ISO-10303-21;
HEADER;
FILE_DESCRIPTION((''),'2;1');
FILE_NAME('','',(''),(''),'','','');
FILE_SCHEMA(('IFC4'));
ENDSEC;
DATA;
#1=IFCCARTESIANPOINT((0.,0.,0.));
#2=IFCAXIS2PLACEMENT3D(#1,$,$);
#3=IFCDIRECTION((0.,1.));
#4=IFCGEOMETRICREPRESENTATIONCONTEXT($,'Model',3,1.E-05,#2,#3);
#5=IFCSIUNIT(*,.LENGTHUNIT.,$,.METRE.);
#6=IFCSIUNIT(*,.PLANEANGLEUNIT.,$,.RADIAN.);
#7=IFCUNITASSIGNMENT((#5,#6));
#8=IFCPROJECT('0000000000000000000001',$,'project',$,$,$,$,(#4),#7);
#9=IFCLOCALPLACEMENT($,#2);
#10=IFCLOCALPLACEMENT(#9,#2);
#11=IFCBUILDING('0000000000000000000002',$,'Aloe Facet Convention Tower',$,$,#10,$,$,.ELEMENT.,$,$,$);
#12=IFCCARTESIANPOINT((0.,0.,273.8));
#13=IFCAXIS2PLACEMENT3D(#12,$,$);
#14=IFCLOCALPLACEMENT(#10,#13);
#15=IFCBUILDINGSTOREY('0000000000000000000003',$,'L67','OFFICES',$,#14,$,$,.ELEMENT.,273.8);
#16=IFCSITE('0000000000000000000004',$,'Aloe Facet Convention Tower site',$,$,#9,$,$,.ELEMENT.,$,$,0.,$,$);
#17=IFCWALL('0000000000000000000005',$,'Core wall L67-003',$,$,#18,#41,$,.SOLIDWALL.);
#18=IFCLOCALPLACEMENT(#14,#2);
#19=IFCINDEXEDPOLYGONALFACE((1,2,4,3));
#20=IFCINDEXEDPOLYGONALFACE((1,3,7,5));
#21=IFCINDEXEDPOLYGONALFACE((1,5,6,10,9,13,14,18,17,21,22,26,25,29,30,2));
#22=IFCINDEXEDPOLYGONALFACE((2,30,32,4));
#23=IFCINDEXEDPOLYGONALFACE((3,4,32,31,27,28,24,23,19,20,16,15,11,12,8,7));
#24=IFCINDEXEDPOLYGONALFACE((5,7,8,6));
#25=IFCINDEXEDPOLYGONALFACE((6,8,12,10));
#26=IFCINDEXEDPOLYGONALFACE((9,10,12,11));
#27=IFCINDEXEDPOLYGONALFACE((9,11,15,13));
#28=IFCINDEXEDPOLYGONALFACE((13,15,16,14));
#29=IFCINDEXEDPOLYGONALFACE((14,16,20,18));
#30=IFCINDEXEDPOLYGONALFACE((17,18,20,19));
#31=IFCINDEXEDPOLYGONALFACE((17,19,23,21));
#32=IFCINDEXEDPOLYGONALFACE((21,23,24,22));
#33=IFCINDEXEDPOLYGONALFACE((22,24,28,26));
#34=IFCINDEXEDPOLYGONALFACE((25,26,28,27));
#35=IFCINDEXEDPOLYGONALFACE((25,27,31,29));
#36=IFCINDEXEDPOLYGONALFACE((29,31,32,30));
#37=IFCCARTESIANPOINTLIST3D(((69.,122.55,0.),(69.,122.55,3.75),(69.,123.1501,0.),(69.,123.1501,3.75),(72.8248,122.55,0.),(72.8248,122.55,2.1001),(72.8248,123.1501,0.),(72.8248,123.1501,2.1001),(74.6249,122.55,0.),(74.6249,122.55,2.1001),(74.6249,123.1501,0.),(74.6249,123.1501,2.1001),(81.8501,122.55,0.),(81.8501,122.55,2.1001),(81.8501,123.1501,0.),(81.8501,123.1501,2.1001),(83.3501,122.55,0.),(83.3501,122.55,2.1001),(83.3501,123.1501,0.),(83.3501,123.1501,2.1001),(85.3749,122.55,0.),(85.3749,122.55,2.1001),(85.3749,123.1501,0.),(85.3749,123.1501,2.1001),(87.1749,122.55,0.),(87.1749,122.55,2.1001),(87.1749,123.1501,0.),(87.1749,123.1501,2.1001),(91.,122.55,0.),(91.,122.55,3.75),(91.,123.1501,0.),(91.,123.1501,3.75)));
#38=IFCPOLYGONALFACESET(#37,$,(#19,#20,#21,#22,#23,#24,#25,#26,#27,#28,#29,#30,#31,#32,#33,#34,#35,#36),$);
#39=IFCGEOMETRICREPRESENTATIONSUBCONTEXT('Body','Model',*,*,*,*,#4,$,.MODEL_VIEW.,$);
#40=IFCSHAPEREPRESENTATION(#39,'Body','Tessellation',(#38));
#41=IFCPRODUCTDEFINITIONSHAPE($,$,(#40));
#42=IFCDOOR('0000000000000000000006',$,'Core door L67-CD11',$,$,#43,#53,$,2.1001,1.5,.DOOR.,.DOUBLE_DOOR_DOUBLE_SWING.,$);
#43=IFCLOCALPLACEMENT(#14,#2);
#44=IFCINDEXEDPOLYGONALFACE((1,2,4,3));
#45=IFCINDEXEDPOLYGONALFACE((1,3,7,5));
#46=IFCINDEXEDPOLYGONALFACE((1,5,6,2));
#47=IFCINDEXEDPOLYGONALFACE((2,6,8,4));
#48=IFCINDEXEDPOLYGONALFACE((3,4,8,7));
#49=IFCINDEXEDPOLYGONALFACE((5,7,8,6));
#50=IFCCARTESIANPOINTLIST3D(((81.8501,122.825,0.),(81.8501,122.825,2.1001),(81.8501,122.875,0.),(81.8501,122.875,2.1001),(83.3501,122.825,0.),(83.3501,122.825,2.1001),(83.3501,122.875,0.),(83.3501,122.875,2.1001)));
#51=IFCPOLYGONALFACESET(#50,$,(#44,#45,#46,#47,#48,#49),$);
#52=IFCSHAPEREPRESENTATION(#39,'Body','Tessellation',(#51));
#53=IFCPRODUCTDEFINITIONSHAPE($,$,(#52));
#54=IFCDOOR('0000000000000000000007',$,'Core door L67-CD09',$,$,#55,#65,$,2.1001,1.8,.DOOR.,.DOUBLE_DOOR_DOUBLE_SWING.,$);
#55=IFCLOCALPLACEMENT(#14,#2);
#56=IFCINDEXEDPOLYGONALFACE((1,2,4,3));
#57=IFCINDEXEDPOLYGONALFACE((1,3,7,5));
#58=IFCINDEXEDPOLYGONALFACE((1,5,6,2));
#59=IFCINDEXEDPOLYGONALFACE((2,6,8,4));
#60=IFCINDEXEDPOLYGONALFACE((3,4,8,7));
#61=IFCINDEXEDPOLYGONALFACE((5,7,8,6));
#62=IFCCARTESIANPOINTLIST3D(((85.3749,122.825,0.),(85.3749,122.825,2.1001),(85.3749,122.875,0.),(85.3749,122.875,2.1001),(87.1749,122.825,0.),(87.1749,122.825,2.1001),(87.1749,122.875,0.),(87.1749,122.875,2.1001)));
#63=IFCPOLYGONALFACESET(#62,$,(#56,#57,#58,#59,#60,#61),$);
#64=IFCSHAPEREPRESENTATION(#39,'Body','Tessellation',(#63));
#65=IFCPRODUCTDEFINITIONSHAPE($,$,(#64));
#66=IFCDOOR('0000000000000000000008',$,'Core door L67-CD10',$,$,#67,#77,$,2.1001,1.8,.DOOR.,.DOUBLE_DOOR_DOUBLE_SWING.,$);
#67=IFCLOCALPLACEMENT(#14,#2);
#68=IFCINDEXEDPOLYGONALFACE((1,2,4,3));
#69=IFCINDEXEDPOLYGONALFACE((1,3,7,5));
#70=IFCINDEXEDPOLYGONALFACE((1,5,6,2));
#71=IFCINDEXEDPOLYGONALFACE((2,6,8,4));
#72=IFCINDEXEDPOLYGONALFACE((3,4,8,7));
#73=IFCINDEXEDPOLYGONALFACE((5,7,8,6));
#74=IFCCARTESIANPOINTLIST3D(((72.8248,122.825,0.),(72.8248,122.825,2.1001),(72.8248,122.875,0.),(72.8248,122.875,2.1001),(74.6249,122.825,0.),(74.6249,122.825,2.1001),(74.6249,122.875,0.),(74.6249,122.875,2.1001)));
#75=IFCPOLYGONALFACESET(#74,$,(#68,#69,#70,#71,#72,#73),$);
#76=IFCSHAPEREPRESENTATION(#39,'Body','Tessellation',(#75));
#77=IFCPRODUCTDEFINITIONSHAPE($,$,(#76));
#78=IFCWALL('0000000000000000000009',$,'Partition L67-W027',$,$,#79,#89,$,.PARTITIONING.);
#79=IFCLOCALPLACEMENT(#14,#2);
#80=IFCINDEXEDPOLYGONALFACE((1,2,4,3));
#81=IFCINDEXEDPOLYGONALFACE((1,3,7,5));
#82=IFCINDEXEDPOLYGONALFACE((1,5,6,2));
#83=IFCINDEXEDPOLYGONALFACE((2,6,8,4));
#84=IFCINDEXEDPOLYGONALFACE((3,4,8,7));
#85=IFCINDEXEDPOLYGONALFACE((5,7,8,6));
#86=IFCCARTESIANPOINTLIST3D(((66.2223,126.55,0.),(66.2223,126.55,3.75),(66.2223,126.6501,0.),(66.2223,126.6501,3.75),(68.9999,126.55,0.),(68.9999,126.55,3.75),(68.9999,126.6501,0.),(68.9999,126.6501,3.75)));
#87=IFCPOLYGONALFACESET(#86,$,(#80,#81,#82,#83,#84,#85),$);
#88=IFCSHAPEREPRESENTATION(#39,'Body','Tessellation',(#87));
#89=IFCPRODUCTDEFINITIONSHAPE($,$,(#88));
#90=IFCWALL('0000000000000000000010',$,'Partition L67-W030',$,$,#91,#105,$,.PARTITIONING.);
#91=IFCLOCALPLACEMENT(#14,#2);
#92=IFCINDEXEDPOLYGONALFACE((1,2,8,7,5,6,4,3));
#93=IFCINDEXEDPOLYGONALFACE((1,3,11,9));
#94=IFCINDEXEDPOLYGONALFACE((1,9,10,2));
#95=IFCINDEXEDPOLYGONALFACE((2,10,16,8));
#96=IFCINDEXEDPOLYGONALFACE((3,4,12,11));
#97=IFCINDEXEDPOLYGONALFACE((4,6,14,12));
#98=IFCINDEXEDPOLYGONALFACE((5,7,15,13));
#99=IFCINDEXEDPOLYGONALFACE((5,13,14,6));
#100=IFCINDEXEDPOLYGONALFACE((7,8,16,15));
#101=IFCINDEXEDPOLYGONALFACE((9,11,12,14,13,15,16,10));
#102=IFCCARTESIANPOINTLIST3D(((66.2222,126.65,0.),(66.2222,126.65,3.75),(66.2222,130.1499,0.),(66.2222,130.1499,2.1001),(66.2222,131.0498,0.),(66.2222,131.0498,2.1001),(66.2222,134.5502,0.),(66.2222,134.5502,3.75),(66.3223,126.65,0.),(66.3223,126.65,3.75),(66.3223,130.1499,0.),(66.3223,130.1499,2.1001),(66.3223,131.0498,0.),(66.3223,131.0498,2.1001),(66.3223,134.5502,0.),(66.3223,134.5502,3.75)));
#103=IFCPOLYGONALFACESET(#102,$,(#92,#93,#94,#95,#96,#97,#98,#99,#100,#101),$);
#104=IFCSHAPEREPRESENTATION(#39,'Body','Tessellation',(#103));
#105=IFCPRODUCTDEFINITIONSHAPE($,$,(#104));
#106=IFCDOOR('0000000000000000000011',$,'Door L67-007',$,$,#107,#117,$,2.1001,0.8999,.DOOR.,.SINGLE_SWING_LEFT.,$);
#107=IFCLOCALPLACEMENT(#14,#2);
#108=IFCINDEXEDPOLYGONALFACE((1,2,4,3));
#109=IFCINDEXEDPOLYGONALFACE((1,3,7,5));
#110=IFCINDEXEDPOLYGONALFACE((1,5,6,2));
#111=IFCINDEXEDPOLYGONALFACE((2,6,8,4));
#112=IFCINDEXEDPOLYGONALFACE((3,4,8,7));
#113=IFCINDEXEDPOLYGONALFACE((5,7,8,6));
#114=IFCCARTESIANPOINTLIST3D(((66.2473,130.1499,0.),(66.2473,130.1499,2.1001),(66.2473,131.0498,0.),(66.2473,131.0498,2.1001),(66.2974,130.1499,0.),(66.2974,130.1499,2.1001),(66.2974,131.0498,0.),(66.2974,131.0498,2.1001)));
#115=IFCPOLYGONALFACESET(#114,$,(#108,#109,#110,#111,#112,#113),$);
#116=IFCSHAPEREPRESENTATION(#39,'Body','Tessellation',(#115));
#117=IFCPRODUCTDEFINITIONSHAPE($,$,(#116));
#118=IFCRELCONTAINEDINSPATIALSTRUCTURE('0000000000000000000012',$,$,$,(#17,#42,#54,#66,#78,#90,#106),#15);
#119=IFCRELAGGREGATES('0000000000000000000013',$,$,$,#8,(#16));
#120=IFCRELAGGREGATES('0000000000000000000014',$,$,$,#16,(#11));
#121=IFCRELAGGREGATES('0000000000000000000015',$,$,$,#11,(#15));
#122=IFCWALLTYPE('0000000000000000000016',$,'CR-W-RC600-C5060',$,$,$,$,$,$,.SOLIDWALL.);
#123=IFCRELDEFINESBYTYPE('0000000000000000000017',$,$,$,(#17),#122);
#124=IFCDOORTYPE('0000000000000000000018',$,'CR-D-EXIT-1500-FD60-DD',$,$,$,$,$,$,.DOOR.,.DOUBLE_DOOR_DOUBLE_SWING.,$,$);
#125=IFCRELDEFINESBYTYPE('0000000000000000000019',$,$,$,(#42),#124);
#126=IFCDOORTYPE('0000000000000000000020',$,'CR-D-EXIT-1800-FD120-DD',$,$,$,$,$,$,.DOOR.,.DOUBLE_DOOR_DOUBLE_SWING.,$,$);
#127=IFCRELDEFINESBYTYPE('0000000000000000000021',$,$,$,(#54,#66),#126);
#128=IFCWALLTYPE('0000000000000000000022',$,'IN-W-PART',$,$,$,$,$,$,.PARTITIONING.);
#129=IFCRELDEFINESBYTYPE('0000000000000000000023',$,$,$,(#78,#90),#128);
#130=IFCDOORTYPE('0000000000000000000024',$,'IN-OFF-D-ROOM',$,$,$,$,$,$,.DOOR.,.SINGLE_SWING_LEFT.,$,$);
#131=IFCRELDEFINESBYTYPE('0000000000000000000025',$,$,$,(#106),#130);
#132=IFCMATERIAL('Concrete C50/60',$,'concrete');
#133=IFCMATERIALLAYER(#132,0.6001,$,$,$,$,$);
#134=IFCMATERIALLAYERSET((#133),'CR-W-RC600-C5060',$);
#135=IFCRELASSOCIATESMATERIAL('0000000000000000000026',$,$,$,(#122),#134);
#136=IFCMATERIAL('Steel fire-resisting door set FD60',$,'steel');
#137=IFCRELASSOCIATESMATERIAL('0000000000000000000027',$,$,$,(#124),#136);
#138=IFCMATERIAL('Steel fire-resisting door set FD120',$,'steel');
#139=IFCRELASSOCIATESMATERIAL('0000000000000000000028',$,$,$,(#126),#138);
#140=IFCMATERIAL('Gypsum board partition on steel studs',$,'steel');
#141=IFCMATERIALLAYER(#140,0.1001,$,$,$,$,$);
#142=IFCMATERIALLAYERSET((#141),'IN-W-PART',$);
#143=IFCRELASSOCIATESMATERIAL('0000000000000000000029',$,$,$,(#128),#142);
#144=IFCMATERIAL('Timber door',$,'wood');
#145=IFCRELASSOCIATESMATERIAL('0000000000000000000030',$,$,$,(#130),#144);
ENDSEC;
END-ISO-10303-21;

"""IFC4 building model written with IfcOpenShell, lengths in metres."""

from ifc_helpers import new_model, si_unit, direction, frame, frame_2d, origin, place, context, subcontext, project, spatial, rectangle, extrude, material, layer, layer_set, type_object, element, fill, save


model = new_model("IFC4")

# Units and contexts
model_context = context("Model", 3, precision=1e-05, world=origin(), true_north=direction((0.0, 1.0)))
body_context = subcontext(model_context, "Body", "Model", "MODEL_VIEW")
ifc_project = project(units=[si_unit("LENGTHUNIT", "METRE"), si_unit("PLANEANGLEUNIT", "RADIAN")], contexts=[model_context])

# Site, building, storey
site_placement = place(None, origin())
site = spatial("IfcSite", under=ifc_project, at=site_placement, Name="Aloe Facet Convention Tower site", CompositionType="ELEMENT", RefElevation=0.0)
building_placement = place(site_placement, origin())
building = spatial("IfcBuilding", under=site, at=building_placement, Name="Aloe Facet Convention Tower", CompositionType="ELEMENT")
storey_placement = place(building_placement, frame((0.0, 0.0, 273.8)))
storey = spatial("IfcBuildingStorey", under=building, at=storey_placement, Name="L67", Description="OFFICES", CompositionType="ELEMENT", Elevation=273.8)

# Wall, openings, doors
ifc_material_1 = material(Name="Concrete C50/60", Category="concrete")
ifc_layer_1 = layer(ifc_material_1, 0.6001)
ifc_layer_set_1 = layer_set([ifc_layer_1], Name="CR-W-RC600-C5060")
wall_type_1 = type_object("IfcWallType", Name="CR-W-RC600-C5060", PredefinedType="SOLIDWALL", material=ifc_layer_set_1)
wall_1_placement = place(storey_placement, frame((69.0, 122.8501, 0.0), z_axis=(0.0, 0.0, 1.0), x_axis=(1.0, 0.0, 0.0)))
wall_1 = element("IfcWall", 1, at=wall_1_placement, inside=storey, type_object=wall_type_1, Name="Core wall L67-003", PredefinedType="SOLIDWALL", context=body_context, shape_type="SweptSolid", body=[
    extrude(rectangle(XDim=22.0, YDim=0.6001, at=frame_2d((11.0, 0.0))), origin(), (0.0, 0.0, 1.0), 3.75),
])
opening_1_placement = place(wall_1_placement, frame((16.375, 0.0, 0.0)))
opening_1 = element("IfcOpeningElement", 2, at=opening_1_placement, cuts=wall_1, PredefinedType="OPENING", context=body_context, shape_type="SweptSolid", body=[
    extrude(rectangle(XDim=1.8, YDim=2.1001, at=frame_2d((0.8999, 1.05))), frame((0.0, 0.3101, 0.0), z_axis=(0.0, -1.0, 0.0), x_axis=(1.0, 0.0, 0.0)), (0.0, 0.0, 1.0), 0.6201),
])
opening_2_placement = place(wall_1_placement, frame((3.825, 0.0, 0.0)))
opening_2 = element("IfcOpeningElement", 3, at=opening_2_placement, cuts=wall_1, PredefinedType="OPENING", context=body_context, shape_type="SweptSolid", body=[
    extrude(rectangle(XDim=1.8, YDim=2.1001, at=frame_2d((0.8999, 1.05))), frame((0.0, 0.3101, 0.0), z_axis=(0.0, -1.0, 0.0), x_axis=(1.0, 0.0, 0.0)), (0.0, 0.0, 1.0), 0.6201),
])
opening_3_placement = place(wall_1_placement, frame((12.8501, 0.0, 0.0)))
opening_3 = element("IfcOpeningElement", 4, at=opening_3_placement, cuts=wall_1, PredefinedType="OPENING", context=body_context, shape_type="SweptSolid", body=[
    extrude(rectangle(XDim=1.5, YDim=2.1001, at=frame_2d((0.75, 1.05))), frame((0.0, 0.3101, 0.0), z_axis=(0.0, -1.0, 0.0), x_axis=(1.0, 0.0, 0.0)), (0.0, 0.0, 1.0), 0.6201),
])
ifc_material_2 = material(Name="Steel fire-resisting door set FD60", Category="steel")
door_type_1 = type_object("IfcDoorType", Name="CR-D-EXIT-1500-FD60-DD", OperationType="DOUBLE_DOOR_DOUBLE_SWING", PredefinedType="DOOR", material=ifc_material_2)
door_1_placement = place(opening_3_placement, origin())
door_1 = element("IfcDoor", 5, at=door_1_placement, inside=storey, type_object=door_type_1, Name="Core door L67-CD11", OperationType="DOUBLE_DOOR_DOUBLE_SWING", OverallHeight=2.1001, OverallWidth=1.5, PredefinedType="DOOR", context=body_context, shape_type="SweptSolid", body=[
    extrude(rectangle(XDim=1.5, YDim=2.1001, at=frame_2d((0.75, 1.05))), frame((0.0, 0.0249, 0.0), z_axis=(0.0, -1.0, 0.0), x_axis=(1.0, 0.0, 0.0)), (0.0, 0.0, 1.0), 0.05),
])
fill(opening_3, door_1)
ifc_material_3 = material(Name="Steel fire-resisting door set FD120", Category="steel")
door_type_2 = type_object("IfcDoorType", Name="CR-D-EXIT-1800-FD120-DD", OperationType="DOUBLE_DOOR_DOUBLE_SWING", PredefinedType="DOOR", material=ifc_material_3)
door_2_placement = place(opening_1_placement, origin())
door_2 = element("IfcDoor", 6, at=door_2_placement, inside=storey, type_object=door_type_2, Name="Core door L67-CD09", OperationType="DOUBLE_DOOR_DOUBLE_SWING", OverallHeight=2.1001, OverallWidth=1.8, PredefinedType="DOOR", context=body_context, shape_type="SweptSolid", body=[
    extrude(rectangle(XDim=1.8, YDim=2.1001, at=frame_2d((0.8999, 1.05))), frame((0.0, 0.0249, 0.0), z_axis=(0.0, -1.0, 0.0), x_axis=(1.0, 0.0, 0.0)), (0.0, 0.0, 1.0), 0.05),
])
fill(opening_1, door_2)
door_3_placement = place(opening_2_placement, origin())
door_3 = element("IfcDoor", 7, at=door_3_placement, inside=storey, type_object=door_type_2, Name="Core door L67-CD10", OperationType="DOUBLE_DOOR_DOUBLE_SWING", OverallHeight=2.1001, OverallWidth=1.8, PredefinedType="DOOR", context=body_context, shape_type="SweptSolid", body=[
    extrude(rectangle(XDim=1.8, YDim=2.1001, at=frame_2d((0.8999, 1.05))), frame((0.0, 0.0249, 0.0), z_axis=(0.0, -1.0, 0.0), x_axis=(1.0, 0.0, 0.0)), (0.0, 0.0, 1.0), 0.05),
])
fill(opening_2, door_3)

# Wall
ifc_material_4 = material(Name="Gypsum board partition on steel studs", Category="steel")
ifc_layer_2 = layer(ifc_material_4, 0.1001)
ifc_layer_set_2 = layer_set([ifc_layer_2], Name="IN-W-PART")
wall_type_2 = type_object("IfcWallType", Name="IN-W-PART", PredefinedType="PARTITIONING", material=ifc_layer_set_2)
wall_2_placement = place(storey_placement, frame((66.2224, 126.6001, 0.0), z_axis=(0.0, 0.0, 1.0), x_axis=(1.0, 0.0, 0.0)))
element("IfcWall", 8, at=wall_2_placement, inside=storey, type_object=wall_type_2, Name="Partition L67-W027", PredefinedType="PARTITIONING", context=body_context, shape_type="SweptSolid", body=[
    extrude(rectangle(XDim=2.7776, YDim=0.1001, at=frame_2d((1.3887, 0.0))), origin(), (0.0, 0.0, 1.0), 3.75),
])

# Wall, opening, door
wall_3_placement = place(storey_placement, frame((66.2722, 126.6499, 0.0), z_axis=(0.0, 0.0, 1.0), x_axis=(0.0, 1.0, 0.0)))
wall_3 = element("IfcWall", 9, at=wall_3_placement, inside=storey, type_object=wall_type_2, Name="Partition L67-W030", PredefinedType="PARTITIONING", context=body_context, shape_type="SweptSolid", body=[
    extrude(rectangle(XDim=7.9001, YDim=0.1001, at=frame_2d((3.9502, 0.0))), origin(), (0.0, 0.0, 1.0), 3.75),
])
opening_4_placement = place(wall_3_placement, frame((3.5, 0.0, 0.0)))
opening_4 = element("IfcOpeningElement", 10, at=opening_4_placement, cuts=wall_3, PredefinedType="OPENING", context=body_context, shape_type="SweptSolid", body=[
    extrude(rectangle(XDim=0.8999, YDim=2.1001, at=frame_2d((0.45, 1.05))), frame((0.0, 0.0601, 0.0), z_axis=(0.0, -1.0, 0.0), x_axis=(1.0, 0.0, 0.0)), (0.0, 0.0, 1.0), 0.1201),
])
ifc_material_5 = material(Name="Timber door", Category="wood")
door_type_3 = type_object("IfcDoorType", Name="IN-OFF-D-ROOM", OperationType="SINGLE_SWING_LEFT", PredefinedType="DOOR", material=ifc_material_5)
door_4_placement = place(opening_4_placement, origin())
door_4 = element("IfcDoor", 11, at=door_4_placement, inside=storey, type_object=door_type_3, Name="Door L67-007", OperationType="SINGLE_SWING_LEFT", OverallHeight=2.1001, OverallWidth=0.8999, PredefinedType="DOOR", context=body_context, shape_type="SweptSolid", body=[
    extrude(rectangle(XDim=0.8999, YDim=2.1001, at=frame_2d((0.45, 1.05))), frame((0.0, 0.0249, 0.0), z_axis=(0.0, -1.0, 0.0), x_axis=(1.0, 0.0, 0.0)), (0.0, 0.0, 1.0), 0.05),
])
fill(opening_4, door_4)

save(model, "model.ifc")
